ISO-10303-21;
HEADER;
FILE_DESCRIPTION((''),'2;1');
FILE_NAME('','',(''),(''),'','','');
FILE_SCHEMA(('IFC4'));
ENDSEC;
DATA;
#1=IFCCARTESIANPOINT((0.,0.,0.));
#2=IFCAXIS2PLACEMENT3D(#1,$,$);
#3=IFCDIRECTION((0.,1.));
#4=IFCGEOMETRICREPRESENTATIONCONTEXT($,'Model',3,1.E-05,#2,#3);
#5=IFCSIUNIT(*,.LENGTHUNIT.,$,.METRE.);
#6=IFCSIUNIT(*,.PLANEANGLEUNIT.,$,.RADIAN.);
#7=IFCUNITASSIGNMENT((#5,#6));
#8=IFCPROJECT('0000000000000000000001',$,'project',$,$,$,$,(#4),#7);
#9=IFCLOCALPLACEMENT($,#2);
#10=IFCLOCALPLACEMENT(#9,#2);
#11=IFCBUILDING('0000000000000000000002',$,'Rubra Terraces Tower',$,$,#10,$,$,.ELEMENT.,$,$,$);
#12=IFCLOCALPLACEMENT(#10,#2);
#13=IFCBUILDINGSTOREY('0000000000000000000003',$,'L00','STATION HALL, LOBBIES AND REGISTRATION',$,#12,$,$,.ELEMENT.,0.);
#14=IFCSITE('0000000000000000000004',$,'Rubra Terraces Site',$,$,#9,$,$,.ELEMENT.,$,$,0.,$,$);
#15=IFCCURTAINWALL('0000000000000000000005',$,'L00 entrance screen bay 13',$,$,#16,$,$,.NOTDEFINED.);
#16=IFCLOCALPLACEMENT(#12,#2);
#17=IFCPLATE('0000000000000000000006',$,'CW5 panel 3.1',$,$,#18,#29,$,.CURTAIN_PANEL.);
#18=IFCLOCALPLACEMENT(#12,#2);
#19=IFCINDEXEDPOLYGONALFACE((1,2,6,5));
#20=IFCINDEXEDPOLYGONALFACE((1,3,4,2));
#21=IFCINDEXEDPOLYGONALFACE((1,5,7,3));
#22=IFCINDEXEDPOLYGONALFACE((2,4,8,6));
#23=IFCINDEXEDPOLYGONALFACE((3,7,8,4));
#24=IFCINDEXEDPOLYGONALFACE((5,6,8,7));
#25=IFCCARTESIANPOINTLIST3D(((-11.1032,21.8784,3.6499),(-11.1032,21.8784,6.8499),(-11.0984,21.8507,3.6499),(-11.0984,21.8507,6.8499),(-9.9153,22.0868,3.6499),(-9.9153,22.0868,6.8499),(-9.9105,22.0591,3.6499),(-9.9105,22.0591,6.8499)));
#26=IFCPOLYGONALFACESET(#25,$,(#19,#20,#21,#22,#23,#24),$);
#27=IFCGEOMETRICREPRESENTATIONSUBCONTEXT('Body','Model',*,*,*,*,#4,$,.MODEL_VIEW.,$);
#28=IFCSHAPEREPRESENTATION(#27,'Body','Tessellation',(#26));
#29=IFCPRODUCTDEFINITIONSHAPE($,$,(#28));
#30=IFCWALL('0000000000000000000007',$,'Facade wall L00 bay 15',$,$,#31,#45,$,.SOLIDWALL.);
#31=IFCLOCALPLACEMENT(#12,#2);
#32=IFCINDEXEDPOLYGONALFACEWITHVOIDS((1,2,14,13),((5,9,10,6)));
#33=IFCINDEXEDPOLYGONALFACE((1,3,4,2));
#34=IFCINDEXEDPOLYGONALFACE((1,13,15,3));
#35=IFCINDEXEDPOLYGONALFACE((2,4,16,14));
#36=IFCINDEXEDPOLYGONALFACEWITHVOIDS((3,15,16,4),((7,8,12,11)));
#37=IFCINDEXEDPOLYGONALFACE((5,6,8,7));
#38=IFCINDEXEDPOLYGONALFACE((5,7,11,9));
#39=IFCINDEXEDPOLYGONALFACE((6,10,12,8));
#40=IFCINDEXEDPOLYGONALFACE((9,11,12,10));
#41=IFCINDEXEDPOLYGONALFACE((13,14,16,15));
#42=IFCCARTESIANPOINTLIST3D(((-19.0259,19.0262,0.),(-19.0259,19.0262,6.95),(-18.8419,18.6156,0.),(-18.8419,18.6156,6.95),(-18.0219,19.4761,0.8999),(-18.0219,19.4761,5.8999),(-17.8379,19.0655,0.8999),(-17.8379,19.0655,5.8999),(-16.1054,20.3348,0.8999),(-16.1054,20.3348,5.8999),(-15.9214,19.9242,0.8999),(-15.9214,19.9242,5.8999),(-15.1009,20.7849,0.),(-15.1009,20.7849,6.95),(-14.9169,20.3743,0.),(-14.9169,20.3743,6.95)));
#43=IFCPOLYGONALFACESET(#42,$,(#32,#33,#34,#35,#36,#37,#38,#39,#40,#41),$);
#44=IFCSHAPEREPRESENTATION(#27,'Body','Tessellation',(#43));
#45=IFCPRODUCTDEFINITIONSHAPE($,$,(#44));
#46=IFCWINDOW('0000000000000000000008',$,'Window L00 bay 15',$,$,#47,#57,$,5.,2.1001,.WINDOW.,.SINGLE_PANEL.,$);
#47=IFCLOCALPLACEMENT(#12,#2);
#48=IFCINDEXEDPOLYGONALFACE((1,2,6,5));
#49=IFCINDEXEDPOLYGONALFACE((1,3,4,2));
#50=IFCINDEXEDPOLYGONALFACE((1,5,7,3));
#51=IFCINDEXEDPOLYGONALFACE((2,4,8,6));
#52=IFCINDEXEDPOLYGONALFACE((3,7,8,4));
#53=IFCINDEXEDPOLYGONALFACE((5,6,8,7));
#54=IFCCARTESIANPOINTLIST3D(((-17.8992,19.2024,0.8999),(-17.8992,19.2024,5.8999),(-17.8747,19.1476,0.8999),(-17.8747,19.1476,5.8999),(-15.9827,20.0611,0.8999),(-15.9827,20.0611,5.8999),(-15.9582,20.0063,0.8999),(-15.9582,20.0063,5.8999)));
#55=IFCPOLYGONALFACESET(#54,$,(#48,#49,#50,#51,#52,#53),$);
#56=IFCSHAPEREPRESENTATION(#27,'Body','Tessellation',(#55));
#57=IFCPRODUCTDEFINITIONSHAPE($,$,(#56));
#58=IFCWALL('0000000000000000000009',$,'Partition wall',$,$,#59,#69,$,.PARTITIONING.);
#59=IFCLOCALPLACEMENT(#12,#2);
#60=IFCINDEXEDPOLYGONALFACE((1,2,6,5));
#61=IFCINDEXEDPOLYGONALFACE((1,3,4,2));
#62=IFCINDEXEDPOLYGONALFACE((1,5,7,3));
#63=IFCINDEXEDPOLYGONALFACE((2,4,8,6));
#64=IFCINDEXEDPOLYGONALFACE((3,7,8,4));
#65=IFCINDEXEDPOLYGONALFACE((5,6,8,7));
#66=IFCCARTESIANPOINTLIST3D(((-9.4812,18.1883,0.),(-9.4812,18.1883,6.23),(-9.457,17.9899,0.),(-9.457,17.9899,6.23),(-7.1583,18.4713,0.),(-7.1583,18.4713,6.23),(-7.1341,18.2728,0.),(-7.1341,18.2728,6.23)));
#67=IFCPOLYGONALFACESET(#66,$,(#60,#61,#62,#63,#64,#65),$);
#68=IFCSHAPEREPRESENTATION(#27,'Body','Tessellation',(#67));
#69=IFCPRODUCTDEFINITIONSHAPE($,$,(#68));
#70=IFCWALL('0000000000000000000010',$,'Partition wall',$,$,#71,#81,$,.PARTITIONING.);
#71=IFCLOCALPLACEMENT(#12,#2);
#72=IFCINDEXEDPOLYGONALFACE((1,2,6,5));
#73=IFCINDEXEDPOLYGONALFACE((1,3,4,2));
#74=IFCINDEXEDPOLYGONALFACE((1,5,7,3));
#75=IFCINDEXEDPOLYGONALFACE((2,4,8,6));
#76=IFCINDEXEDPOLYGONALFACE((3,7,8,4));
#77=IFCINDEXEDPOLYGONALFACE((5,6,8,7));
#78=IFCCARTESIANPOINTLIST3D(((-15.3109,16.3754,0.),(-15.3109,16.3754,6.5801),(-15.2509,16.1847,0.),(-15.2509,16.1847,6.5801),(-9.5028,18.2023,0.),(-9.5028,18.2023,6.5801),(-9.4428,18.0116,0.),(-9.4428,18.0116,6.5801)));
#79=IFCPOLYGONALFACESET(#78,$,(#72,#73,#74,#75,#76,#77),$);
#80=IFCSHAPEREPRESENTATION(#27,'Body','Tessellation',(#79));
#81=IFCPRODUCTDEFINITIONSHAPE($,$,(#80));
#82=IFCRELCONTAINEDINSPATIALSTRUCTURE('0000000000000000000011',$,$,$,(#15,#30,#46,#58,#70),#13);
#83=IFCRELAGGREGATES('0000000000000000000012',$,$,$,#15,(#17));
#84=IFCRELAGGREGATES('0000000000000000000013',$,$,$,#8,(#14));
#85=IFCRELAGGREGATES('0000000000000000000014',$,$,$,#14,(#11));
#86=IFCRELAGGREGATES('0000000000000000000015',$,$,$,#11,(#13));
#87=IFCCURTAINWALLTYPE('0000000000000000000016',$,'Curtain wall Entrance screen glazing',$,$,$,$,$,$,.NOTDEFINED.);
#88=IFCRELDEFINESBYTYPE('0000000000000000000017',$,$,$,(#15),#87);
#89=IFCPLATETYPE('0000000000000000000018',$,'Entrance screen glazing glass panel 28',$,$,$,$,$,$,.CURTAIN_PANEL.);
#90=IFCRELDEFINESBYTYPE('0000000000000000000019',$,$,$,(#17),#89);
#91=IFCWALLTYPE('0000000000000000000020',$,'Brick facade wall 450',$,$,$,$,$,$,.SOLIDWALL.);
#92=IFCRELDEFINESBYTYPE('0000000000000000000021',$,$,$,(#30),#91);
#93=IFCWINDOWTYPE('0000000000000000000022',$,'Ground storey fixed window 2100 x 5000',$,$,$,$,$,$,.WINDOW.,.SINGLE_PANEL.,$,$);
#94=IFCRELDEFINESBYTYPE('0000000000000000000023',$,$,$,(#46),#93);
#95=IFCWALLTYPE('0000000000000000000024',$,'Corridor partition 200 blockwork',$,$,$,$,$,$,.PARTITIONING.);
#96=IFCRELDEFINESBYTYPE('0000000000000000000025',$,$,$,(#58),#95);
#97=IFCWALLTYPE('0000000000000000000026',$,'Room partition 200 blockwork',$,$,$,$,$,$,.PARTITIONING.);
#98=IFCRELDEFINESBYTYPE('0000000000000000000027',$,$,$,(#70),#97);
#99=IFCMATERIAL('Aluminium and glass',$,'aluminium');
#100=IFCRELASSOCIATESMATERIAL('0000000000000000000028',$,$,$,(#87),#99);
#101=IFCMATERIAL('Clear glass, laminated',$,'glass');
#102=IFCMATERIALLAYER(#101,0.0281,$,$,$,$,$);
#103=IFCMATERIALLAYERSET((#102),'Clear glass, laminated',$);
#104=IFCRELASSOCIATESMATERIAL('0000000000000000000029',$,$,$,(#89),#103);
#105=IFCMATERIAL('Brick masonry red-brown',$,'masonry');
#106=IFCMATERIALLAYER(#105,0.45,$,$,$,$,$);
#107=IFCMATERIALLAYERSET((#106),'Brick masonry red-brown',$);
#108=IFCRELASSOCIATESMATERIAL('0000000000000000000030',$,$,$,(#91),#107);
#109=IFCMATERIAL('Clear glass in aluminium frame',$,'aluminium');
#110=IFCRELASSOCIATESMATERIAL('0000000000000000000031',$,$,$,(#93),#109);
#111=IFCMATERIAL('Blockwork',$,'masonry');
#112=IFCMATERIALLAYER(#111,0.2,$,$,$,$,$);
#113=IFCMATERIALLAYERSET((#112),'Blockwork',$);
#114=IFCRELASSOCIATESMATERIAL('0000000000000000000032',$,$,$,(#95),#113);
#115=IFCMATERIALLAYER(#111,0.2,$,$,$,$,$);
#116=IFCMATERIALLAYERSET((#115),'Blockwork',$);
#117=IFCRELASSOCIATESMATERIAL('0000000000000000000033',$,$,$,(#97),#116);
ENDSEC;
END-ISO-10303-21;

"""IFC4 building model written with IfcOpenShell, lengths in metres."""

from ifc_helpers import new_model, si_unit, direction, frame, frame_2d, origin, origin_2d, place, context, subcontext, project, spatial, rectangle, extrude, material, layer, layer_set, type_object, element, fill, aggregate, save


model = new_model("IFC4")

# Units and contexts
model_context = context("Model", 3, precision=1e-05, world=origin(), true_north=direction((0.0, 1.0)))
body_context = subcontext(model_context, "Body", "Model", "MODEL_VIEW")
ifc_project = project(units=[si_unit("LENGTHUNIT", "METRE"), si_unit("PLANEANGLEUNIT", "RADIAN")], contexts=[model_context])

# Site, building, storey
site_placement = place(None, origin())
site = spatial("IfcSite", under=ifc_project, at=site_placement, Name="Rubra Terraces Site", CompositionType="ELEMENT", RefElevation=0.0)
building_placement = place(site_placement, origin())
building = spatial("IfcBuilding", under=site, at=building_placement, Name="Rubra Terraces Tower", CompositionType="ELEMENT")
storey_placement = place(building_placement, origin())
storey = spatial("IfcBuildingStorey", under=building, at=storey_placement, Name="L00", Description="STATION HALL, LOBBIES AND REGISTRATION", CompositionType="ELEMENT", Elevation=0.0)

# Curtain wall
ifc_material_1 = material(Name="Aluminium and glass", Category="aluminium")
curtain_wall_type = type_object("IfcCurtainWallType", Name="Curtain wall Entrance screen glazing", PredefinedType="NOTDEFINED", material=ifc_material_1)
curtain_wall_placement = place(storey_placement, origin())
curtain_wall = element("IfcCurtainWall", 1, at=curtain_wall_placement, inside=storey, type_object=curtain_wall_type, Name="L00 entrance screen bay 13", PredefinedType="NOTDEFINED")

# Plate
ifc_material_2 = material(Name="Clear glass, laminated", Category="glass")
ifc_layer_1 = layer(ifc_material_2, 0.0281)
ifc_layer_set_1 = layer_set([ifc_layer_1], Name="Clear glass, laminated")
plate_type = type_object("IfcPlateType", Name="Entrance screen glazing glass panel 28", PredefinedType="CURTAIN_PANEL", material=ifc_layer_set_1)
plate_1_placement = place(storey_placement, frame((-10.5068, 21.9688, 3.6499), z_axis=(0.0, 0.0, 1.0), x_axis=(-0.984954, -0.172817, 0.0)))
plate_1 = element("IfcPlate", 2, at=plate_1_placement, type_object=plate_type, Name="CW5 panel 3.1", PredefinedType="CURTAIN_PANEL", context=body_context, shape_type="SweptSolid", body=[
    extrude(rectangle(XDim=1.2061, YDim=0.0281, at=origin_2d()), origin(), (0.0, 0.0, 1.0), 3.2),
])
aggregate(curtain_wall, [plate_1])

# Shared definitions
ifc_material_3 = material(Name="Brick masonry red-brown", Category="masonry")
ifc_layer_2 = layer(ifc_material_3, 0.45)
ifc_layer_set_2 = layer_set([ifc_layer_2], Name="Brick masonry red-brown")
wall_type_1 = type_object("IfcWallType", Name="Brick facade wall 450", PredefinedType="SOLIDWALL", material=ifc_layer_set_2)
ifc_material_4 = material(Name="Clear glass in aluminium frame", Category="aluminium")
window_type = type_object("IfcWindowType", Name="Ground storey fixed window 2100 x 5000", PartitioningType="SINGLE_PANEL", PredefinedType="WINDOW", material=ifc_material_4)

# Wall, opening, window
wall_1_placement = place(storey_placement, frame((-15.009, 20.5796, 0.0), z_axis=(0.0, 0.0, 1.0), x_axis=(-0.912571, -0.408917, 0.0)))
wall_1 = element("IfcWall", 3, at=wall_1_placement, inside=storey, type_object=wall_type_1, Name="Facade wall L00 bay 15", PredefinedType="SOLIDWALL", context=body_context, shape_type="SweptSolid", body=[
    extrude(rectangle(XDim=4.301, YDim=0.45, at=frame_2d((2.1504, 0.0))), origin(), (0.0, 0.0, 1.0), 6.95),
])
opening_1_placement = place(wall_1_placement, frame((1.1006, 0.0, 0.8999)))
opening_1 = element("IfcOpeningElement", 4, at=opening_1_placement, cuts=wall_1, PredefinedType="OPENING", context=body_context, shape_type="SweptSolid", body=[
    extrude(rectangle(XDim=2.1001, YDim=5.0, at=frame_2d((1.05, 2.5))), frame((0.0, 0.2349, 0.0), z_axis=(0.0, -1.0, 0.0), x_axis=(1.0, 0.0, 0.0)), (0.0, 0.0, 1.0), 0.47),
])
window_1_placement = place(opening_1_placement, origin())
window_1 = element("IfcWindow", 5, at=window_1_placement, inside=storey, type_object=window_type, Name="Window L00 bay 15", OverallHeight=5.0, OverallWidth=2.1001, PartitioningType="SINGLE_PANEL", PredefinedType="WINDOW", context=body_context, shape_type="SweptSolid", body=[
    extrude(rectangle(XDim=2.1001, YDim=5.0, at=frame_2d((1.05, 2.5))), frame((0.0, 0.135, 0.0), z_axis=(0.0, -1.0, 0.0), x_axis=(1.0, 0.0, 0.0)), (0.0, 0.0, 1.0), 0.0601),
])
fill(opening_1, window_1)

# Walls
ifc_material_5 = material(Name="Blockwork", Category="masonry")
ifc_layer_3 = layer(ifc_material_5, 0.2)
ifc_layer_set_3 = layer_set([ifc_layer_3], Name="Blockwork")
wall_type_2 = type_object("IfcWallType", Name="Corridor partition 200 blockwork", PredefinedType="PARTITIONING", material=ifc_layer_set_3)
wall_2_placement = place(storey_placement, frame((-9.469, 18.0891, 0.0), z_axis=(0.0, 0.0, 1.0), x_axis=(0.992663, 0.120914, 0.0)))
element("IfcWall", 6, at=wall_2_placement, inside=storey, type_object=wall_type_2, Name="Partition wall", PredefinedType="PARTITIONING", context=body_context, shape_type="SweptSolid", body=[
    extrude(rectangle(XDim=2.3401, YDim=0.2, at=frame_2d((1.1699, 0.0))), origin(), (0.0, 0.0, 1.0), 6.23),
])
ifc_layer_4 = layer(ifc_material_5, 0.2)
ifc_layer_set_4 = layer_set([ifc_layer_4], Name="Blockwork")
wall_type_3 = type_object("IfcWallType", Name="Room partition 200 blockwork", PredefinedType="PARTITIONING", material=ifc_layer_set_4)
wall_3_placement = place(storey_placement, frame((-15.281, 16.28, 0.0), z_axis=(0.0, 0.0, 1.0), x_axis=(0.953923, 0.300051, 0.0)))
element("IfcWall", 7, at=wall_3_placement, inside=storey, type_object=wall_type_3, Name="Partition wall", PredefinedType="PARTITIONING", context=body_context, shape_type="SweptSolid", body=[
    extrude(rectangle(XDim=6.0886, YDim=0.2, at=frame_2d((3.0444, 0.0))), origin(), (0.0, 0.0, 1.0), 6.5801),
])

save(model, "model.ifc")
